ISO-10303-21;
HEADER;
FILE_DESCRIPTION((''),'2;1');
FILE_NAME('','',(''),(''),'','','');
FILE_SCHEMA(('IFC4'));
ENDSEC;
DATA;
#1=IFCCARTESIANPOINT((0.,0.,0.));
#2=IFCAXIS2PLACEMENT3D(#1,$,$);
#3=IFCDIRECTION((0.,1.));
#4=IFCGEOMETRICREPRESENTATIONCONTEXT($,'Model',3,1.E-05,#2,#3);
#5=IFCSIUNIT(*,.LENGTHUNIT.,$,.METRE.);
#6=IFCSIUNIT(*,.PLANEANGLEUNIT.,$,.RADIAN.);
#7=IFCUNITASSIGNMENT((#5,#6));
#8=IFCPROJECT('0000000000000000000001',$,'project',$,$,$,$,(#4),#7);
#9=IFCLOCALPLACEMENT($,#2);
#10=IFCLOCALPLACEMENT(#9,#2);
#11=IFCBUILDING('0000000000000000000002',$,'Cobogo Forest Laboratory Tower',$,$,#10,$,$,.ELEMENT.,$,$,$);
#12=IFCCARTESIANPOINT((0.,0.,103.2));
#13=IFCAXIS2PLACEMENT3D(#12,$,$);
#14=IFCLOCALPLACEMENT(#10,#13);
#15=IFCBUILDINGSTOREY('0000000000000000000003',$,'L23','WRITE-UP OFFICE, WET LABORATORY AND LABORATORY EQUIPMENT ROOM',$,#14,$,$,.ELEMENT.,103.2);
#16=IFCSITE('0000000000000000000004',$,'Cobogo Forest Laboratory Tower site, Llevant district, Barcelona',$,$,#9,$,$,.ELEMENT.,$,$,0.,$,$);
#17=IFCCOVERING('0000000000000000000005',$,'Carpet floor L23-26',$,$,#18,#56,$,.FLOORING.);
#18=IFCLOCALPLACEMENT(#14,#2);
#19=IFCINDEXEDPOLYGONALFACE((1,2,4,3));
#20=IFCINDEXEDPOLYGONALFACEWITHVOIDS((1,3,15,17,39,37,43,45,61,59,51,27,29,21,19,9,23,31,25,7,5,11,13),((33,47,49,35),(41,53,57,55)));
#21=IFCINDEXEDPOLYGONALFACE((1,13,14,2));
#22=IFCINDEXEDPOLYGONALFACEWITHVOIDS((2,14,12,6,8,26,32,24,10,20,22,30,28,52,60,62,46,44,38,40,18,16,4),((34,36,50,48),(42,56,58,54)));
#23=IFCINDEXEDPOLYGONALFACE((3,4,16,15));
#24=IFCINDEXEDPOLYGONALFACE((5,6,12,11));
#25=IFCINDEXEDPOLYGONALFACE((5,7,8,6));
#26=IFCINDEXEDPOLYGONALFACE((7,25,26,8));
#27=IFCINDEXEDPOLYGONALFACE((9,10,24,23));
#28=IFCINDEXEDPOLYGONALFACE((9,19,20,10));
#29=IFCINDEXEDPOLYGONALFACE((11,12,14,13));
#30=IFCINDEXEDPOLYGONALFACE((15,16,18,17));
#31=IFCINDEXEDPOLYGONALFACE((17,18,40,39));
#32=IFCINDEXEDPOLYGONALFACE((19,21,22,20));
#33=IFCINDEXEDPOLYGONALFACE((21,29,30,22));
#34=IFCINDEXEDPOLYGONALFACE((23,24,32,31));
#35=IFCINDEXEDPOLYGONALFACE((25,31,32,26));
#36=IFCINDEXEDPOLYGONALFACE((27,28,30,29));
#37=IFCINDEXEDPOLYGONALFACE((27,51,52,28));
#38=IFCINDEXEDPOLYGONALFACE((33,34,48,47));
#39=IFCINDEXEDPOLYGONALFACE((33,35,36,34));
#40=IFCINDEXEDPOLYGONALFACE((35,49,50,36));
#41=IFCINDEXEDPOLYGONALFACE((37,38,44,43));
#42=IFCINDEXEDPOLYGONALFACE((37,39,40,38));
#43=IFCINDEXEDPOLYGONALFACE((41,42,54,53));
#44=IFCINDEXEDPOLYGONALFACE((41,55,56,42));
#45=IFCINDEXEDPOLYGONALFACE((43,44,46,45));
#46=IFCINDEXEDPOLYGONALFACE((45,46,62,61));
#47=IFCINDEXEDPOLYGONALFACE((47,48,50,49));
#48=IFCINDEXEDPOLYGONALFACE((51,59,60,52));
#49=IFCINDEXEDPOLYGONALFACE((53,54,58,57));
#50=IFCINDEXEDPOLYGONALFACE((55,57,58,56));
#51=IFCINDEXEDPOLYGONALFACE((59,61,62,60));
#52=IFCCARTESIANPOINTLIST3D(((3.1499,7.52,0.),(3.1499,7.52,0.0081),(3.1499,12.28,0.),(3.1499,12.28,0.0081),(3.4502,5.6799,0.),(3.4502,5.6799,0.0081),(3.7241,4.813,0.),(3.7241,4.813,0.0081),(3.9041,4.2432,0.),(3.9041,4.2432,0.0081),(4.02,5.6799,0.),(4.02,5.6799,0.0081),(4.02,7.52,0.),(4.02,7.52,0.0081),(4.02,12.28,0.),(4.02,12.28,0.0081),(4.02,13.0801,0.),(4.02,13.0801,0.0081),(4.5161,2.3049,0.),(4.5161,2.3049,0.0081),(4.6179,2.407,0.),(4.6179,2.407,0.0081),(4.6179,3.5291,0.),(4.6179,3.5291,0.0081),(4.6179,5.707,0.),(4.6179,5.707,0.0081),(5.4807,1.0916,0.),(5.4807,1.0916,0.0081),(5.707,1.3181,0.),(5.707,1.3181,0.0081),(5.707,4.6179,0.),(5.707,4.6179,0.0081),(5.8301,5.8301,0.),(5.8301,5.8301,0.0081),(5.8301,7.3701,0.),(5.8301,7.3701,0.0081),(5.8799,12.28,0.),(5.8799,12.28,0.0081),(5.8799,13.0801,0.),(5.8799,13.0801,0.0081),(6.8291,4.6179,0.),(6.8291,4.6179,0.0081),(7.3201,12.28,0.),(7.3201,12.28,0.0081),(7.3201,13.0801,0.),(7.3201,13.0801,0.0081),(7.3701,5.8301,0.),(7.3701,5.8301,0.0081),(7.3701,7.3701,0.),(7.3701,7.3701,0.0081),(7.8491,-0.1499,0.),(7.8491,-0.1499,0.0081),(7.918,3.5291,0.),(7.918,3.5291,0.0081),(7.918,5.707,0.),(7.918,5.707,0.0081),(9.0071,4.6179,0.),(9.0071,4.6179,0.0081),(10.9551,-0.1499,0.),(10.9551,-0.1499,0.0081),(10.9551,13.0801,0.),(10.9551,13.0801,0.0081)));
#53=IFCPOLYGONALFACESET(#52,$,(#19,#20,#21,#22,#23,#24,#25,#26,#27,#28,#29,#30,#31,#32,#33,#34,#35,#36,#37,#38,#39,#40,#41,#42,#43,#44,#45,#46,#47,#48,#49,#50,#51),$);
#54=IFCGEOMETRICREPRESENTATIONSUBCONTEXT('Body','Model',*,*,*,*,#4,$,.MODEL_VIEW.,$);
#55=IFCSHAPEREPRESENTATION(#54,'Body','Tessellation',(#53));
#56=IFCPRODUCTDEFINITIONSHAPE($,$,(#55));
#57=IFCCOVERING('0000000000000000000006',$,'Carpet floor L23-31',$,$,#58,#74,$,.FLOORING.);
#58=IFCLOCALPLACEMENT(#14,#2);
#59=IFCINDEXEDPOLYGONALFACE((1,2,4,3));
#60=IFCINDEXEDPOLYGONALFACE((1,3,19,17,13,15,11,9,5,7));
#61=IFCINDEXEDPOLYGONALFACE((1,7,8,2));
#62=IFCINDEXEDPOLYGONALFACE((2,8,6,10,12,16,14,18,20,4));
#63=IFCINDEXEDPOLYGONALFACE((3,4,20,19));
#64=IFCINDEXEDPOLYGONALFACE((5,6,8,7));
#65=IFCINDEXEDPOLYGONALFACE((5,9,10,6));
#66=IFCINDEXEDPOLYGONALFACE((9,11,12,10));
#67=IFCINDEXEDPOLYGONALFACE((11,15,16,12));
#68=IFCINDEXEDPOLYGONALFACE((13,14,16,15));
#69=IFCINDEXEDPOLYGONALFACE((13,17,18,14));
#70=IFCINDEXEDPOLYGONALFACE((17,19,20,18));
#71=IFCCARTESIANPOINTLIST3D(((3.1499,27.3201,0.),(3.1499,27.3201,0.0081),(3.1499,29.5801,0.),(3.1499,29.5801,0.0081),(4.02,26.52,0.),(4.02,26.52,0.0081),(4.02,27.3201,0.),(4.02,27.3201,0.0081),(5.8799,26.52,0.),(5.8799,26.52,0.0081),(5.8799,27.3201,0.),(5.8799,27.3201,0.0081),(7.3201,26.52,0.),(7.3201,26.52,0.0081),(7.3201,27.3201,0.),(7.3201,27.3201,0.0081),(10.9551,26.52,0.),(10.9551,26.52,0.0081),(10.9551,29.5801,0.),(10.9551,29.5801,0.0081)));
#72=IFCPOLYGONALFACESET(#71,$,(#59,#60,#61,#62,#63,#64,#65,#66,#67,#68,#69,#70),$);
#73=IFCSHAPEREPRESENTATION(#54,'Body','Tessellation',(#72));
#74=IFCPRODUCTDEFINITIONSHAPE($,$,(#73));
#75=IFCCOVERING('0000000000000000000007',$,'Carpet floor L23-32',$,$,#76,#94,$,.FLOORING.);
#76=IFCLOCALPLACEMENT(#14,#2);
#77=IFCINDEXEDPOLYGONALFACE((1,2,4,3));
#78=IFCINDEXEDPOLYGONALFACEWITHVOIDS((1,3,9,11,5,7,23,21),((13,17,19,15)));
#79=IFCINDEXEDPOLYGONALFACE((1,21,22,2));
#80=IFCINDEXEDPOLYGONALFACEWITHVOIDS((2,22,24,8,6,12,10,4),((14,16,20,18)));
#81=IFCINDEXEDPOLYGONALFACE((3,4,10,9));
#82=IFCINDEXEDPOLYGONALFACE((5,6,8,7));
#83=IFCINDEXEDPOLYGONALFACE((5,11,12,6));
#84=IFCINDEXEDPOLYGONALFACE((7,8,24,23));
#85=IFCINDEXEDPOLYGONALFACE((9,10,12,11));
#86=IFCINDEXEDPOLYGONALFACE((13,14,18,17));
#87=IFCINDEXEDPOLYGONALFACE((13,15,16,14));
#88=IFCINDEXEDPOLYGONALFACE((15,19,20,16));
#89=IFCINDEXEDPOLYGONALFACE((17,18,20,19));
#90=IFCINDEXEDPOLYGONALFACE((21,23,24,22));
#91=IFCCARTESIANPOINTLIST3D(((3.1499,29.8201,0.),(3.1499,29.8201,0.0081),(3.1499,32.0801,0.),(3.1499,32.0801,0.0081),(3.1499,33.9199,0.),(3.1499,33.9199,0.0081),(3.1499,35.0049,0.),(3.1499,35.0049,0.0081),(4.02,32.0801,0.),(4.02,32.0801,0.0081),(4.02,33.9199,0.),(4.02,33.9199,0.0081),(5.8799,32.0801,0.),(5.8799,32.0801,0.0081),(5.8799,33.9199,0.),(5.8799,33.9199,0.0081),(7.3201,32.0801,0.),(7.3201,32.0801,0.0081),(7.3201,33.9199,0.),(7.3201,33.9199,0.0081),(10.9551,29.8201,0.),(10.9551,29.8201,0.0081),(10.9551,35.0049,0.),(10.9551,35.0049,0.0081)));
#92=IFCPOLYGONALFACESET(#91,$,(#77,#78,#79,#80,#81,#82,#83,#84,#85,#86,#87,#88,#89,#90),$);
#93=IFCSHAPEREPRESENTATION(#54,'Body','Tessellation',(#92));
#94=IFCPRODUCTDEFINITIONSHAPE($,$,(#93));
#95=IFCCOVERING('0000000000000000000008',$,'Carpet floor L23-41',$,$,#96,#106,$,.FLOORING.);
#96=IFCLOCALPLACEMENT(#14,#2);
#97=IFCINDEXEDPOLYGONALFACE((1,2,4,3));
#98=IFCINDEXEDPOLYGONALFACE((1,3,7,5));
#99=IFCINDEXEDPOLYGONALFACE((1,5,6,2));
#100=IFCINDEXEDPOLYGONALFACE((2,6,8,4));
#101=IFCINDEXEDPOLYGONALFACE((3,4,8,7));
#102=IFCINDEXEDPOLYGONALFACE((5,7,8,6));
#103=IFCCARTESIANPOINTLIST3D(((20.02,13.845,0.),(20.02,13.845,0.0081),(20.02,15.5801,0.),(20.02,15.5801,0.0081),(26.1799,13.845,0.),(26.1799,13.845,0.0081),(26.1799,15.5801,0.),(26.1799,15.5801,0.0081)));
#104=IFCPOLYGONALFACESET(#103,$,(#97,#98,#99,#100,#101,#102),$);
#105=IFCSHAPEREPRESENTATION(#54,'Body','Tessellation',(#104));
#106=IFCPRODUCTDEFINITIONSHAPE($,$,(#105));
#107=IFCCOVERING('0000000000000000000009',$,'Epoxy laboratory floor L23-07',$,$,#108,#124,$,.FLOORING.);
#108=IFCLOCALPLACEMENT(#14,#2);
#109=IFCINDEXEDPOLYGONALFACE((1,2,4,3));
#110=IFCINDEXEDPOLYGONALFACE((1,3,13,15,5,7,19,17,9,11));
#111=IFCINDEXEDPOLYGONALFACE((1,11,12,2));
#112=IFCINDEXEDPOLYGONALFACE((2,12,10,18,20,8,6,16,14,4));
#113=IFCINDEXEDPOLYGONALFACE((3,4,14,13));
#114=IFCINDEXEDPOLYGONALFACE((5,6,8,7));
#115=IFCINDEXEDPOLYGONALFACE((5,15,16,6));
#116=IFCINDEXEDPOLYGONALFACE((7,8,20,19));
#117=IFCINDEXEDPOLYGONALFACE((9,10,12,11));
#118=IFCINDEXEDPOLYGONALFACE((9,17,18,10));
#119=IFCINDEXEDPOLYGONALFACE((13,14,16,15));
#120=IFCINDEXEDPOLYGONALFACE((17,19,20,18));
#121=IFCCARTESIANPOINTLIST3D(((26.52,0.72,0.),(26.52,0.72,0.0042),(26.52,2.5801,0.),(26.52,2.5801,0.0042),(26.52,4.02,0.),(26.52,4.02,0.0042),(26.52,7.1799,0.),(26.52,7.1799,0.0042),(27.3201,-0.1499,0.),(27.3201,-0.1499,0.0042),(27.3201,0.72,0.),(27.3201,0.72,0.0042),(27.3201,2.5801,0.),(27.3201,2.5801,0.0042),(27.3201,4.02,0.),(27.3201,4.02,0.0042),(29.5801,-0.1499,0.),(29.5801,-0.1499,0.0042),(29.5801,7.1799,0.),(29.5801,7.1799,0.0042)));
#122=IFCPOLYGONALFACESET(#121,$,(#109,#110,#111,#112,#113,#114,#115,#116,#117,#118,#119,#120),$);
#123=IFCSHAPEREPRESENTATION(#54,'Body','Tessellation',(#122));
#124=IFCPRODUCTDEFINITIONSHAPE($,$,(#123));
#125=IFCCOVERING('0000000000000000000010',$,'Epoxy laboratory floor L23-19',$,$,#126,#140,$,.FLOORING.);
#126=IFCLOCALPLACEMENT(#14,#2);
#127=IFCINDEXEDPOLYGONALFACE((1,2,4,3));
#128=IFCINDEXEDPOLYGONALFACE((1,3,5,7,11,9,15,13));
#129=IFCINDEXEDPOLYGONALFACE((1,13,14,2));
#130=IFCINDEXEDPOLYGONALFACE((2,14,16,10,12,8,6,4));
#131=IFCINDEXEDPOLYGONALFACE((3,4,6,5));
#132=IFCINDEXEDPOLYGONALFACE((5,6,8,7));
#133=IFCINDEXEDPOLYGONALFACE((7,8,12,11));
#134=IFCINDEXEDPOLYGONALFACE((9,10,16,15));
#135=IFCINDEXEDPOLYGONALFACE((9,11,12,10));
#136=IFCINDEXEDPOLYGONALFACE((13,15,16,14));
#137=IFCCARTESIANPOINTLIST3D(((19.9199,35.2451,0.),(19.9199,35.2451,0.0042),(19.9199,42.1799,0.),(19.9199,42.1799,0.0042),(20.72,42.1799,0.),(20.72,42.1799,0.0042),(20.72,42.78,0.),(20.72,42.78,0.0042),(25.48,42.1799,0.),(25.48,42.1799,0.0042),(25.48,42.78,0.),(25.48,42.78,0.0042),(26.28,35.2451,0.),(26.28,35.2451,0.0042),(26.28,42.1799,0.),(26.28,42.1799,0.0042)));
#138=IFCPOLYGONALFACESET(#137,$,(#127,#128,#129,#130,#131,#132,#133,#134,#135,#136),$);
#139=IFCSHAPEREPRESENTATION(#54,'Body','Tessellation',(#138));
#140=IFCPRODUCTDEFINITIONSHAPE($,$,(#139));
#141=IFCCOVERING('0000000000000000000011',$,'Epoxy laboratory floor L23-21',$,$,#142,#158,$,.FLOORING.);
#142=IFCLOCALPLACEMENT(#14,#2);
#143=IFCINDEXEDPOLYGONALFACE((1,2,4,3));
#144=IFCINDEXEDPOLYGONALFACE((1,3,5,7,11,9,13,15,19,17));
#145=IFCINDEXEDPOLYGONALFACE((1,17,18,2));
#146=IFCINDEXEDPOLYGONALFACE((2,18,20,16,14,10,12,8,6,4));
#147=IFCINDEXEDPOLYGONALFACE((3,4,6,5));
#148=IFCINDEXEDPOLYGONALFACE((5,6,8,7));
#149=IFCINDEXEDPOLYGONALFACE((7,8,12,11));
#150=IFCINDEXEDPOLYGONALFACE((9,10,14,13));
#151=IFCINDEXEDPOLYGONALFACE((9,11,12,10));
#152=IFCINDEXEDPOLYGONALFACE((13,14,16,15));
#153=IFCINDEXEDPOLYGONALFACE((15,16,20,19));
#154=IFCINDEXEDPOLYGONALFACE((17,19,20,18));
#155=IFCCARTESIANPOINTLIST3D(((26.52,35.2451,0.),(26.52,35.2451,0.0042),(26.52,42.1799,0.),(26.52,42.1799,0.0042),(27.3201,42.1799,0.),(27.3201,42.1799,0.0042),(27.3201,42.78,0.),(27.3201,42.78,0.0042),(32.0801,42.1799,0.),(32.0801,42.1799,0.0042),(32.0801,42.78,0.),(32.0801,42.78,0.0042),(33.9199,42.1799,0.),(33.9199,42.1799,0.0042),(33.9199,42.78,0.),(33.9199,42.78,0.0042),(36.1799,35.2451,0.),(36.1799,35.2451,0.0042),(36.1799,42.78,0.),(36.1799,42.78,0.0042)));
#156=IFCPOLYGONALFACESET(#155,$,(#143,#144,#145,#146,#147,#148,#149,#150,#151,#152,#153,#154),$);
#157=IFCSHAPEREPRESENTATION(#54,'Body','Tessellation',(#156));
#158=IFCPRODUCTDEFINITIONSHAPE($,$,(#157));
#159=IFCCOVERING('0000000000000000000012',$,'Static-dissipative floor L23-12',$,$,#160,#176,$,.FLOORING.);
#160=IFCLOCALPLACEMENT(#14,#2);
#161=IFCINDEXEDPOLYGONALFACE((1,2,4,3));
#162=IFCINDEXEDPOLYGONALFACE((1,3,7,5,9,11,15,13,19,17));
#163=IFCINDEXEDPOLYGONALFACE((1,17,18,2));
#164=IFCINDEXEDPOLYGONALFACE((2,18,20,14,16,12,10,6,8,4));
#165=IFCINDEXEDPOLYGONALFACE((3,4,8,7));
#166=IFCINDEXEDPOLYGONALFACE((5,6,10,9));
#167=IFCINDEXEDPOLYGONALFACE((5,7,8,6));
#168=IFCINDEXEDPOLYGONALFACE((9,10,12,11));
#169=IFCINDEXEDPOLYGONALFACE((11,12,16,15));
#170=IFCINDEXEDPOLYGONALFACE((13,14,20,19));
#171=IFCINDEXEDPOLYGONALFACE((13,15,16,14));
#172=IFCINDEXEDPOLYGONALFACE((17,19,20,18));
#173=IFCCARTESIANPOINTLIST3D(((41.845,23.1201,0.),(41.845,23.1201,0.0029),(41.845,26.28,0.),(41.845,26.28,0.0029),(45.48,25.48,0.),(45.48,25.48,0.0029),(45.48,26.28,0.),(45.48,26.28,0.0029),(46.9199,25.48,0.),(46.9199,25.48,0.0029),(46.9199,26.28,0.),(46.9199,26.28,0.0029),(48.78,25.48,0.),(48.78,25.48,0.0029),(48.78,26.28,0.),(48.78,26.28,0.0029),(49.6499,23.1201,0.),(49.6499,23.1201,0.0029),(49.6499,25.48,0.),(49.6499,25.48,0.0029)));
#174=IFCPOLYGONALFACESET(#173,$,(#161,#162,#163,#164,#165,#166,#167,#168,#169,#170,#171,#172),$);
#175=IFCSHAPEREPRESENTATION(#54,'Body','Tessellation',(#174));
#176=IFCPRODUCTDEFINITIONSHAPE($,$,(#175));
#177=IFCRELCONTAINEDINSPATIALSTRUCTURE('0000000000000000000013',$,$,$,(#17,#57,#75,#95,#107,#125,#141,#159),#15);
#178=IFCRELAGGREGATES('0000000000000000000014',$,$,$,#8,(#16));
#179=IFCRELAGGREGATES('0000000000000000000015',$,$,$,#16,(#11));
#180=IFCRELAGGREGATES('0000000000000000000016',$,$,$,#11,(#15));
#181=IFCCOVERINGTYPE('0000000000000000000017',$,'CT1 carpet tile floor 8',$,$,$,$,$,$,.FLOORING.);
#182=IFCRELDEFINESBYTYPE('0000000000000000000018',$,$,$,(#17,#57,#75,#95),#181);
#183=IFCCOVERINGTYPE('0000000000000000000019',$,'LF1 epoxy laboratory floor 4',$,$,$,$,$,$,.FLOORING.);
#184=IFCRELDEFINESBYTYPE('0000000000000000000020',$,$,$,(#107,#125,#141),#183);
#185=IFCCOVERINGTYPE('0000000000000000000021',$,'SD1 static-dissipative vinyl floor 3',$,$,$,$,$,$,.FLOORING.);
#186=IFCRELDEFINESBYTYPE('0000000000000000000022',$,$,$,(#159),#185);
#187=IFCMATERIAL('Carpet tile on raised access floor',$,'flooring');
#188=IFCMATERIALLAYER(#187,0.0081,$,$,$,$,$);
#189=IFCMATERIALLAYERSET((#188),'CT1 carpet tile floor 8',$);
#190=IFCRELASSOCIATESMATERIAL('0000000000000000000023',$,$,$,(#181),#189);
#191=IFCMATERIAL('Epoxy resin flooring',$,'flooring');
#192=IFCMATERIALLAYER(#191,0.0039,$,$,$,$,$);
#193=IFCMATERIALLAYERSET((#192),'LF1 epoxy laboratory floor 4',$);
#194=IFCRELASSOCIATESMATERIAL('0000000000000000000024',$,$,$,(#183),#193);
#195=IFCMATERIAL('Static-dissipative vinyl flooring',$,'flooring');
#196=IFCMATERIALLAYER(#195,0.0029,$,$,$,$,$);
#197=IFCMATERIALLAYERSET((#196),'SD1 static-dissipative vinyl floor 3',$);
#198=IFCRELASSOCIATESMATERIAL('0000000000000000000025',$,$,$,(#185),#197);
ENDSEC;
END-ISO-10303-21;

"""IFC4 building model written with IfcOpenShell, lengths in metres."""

from ifc_helpers import new_model, si_unit, direction, frame, origin, place, context, subcontext, project, spatial, polyline, outline, extrude, material, layer, layer_set, type_object, element, save


model = new_model("IFC4")

# Units and contexts
model_context = context("Model", 3, precision=1e-05, world=origin(), true_north=direction((0.0, 1.0)))
body_context = subcontext(model_context, "Body", "Model", "MODEL_VIEW")
ifc_project = project(units=[si_unit("LENGTHUNIT", "METRE"), si_unit("PLANEANGLEUNIT", "RADIAN")], contexts=[model_context])

# Site, building, storey
site_placement = place(None, origin())
site = spatial("IfcSite", under=ifc_project, at=site_placement, Name="Cobogo Forest Laboratory Tower site, Llevant district, Barcelona", CompositionType="ELEMENT", RefElevation=0.0)
building_placement = place(site_placement, origin())
building = spatial("IfcBuilding", under=site, at=building_placement, Name="Cobogo Forest Laboratory Tower", CompositionType="ELEMENT")
storey_placement = place(building_placement, frame((0.0, 0.0, 103.2)))
storey = spatial("IfcBuildingStorey", under=building, at=storey_placement, Name="L23", Description="WRITE-UP OFFICE, WET LABORATORY AND LABORATORY EQUIPMENT ROOM", CompositionType="ELEMENT", Elevation=103.2)

# Coverings
ifc_material_1 = material(Name="Carpet tile on raised access floor", Category="flooring")
ifc_layer_1 = layer(ifc_material_1, 0.0081)
ifc_layer_set_1 = layer_set([ifc_layer_1], Name="CT1 carpet tile floor 8")
covering_type_1 = type_object("IfcCoveringType", Name="CT1 carpet tile floor 8", PredefinedType="FLOORING", material=ifc_layer_set_1)
covering_1_placement = place(storey_placement, origin())
element("IfcCovering", 1, at=covering_1_placement, inside=storey, type_object=covering_type_1, Name="Carpet floor L23-26", PredefinedType="FLOORING", context=body_context, shape_type="SweptSolid", body=[
    extrude(outline(polyline([(3.9041, 4.2432), (4.6179, 3.5291), (5.707, 4.6179), (4.6179, 5.707), (3.7241, 4.813), (3.4502, 5.6799), (4.02, 5.6799), (4.02, 7.52), (3.1499, 7.52), (3.1499, 12.28), (4.02, 12.28), (4.02, 13.0801), (5.8799, 13.0801), (5.8799, 12.28), (7.3201, 12.28), (7.3201, 13.0801), (10.9551, 13.0801), (10.9551, -0.1499), (7.8491, -0.1499), (5.4807, 1.0916), (5.707, 1.3181), (4.6179, 2.407), (4.5161, 2.3049), (3.9041, 4.2432)]), holes=[polyline([(6.8291, 4.6179), (7.918, 3.5291), (9.0071, 4.6179), (7.918, 5.707), (6.8291, 4.6179)]), polyline([(5.8301, 7.3701), (5.8301, 5.8301), (7.3701, 5.8301), (7.3701, 7.3701), (5.8301, 7.3701)])]), origin(), (0.0, 0.0, 1.0), 0.0081),
])
covering_2_placement = place(storey_placement, origin())
element("IfcCovering", 2, at=covering_2_placement, inside=storey, type_object=covering_type_1, Name="Carpet floor L23-31", PredefinedType="FLOORING", context=body_context, shape_type="SweptSolid", body=[
    extrude(outline(polyline([(10.9551, 26.52), (7.3201, 26.52), (7.3201, 27.3201), (5.8799, 27.3201), (5.8799, 26.52), (4.02, 26.52), (4.02, 27.3201), (3.1499, 27.3201), (3.1499, 29.5801), (10.9551, 29.5801), (10.9551, 26.52)])), origin(), (0.0, 0.0, 1.0), 0.0081),
])
covering_3_placement = place(storey_placement, origin())
element("IfcCovering", 3, at=covering_3_placement, inside=storey, type_object=covering_type_1, Name="Carpet floor L23-32", PredefinedType="FLOORING", context=body_context, shape_type="SweptSolid", body=[
    extrude(outline(polyline([(10.9551, 29.8201), (3.1499, 29.8201), (3.1499, 32.0801), (4.02, 32.0801), (4.02, 33.9199), (3.1499, 33.9199), (3.1499, 35.0049), (10.9551, 35.0049), (10.9551, 29.8201)]), holes=[polyline([(5.8799, 32.0801), (7.3201, 32.0801), (7.3201, 33.9199), (5.8799, 33.9199), (5.8799, 32.0801)])]), origin(), (0.0, 0.0, 1.0), 0.0081),
])
covering_4_placement = place(storey_placement, origin())
element("IfcCovering", 4, at=covering_4_placement, inside=storey, type_object=covering_type_1, Name="Carpet floor L23-41", PredefinedType="FLOORING", context=body_context, shape_type="SweptSolid", body=[
    extrude(outline(polyline([(26.1799, 13.845), (20.02, 13.845), (20.02, 15.5801), (26.1799, 15.5801), (26.1799, 13.845)])), origin(), (0.0, 0.0, 1.0), 0.0081),
])
ifc_material_2 = material(Name="Epoxy resin flooring", Category="flooring")
ifc_layer_2 = layer(ifc_material_2, 0.0039)
ifc_layer_set_2 = layer_set([ifc_layer_2], Name="LF1 epoxy laboratory floor 4")
covering_type_2 = type_object("IfcCoveringType", Name="LF1 epoxy laboratory floor 4", PredefinedType="FLOORING", material=ifc_layer_set_2)
covering_5_placement = place(storey_placement, origin())
element("IfcCovering", 5, at=covering_5_placement, inside=storey, type_object=covering_type_2, Name="Epoxy laboratory floor L23-07", PredefinedType="FLOORING", context=body_context, shape_type="SweptSolid", body=[
    extrude(outline(polyline([(29.5801, 7.1799), (29.5801, -0.1499), (27.3201, -0.1499), (27.3201, 0.72), (26.52, 0.72), (26.52, 2.5801), (27.3201, 2.5801), (27.3201, 4.02), (26.52, 4.02), (26.52, 7.1799), (29.5801, 7.1799)])), origin(), (0.0, 0.0, 1.0), 0.0042),
])
covering_6_placement = place(storey_placement, origin())
element("IfcCovering", 6, at=covering_6_placement, inside=storey, type_object=covering_type_2, Name="Epoxy laboratory floor L23-19", PredefinedType="FLOORING", context=body_context, shape_type="SweptSolid", body=[
    extrude(outline(polyline([(19.9199, 42.1799), (20.72, 42.1799), (20.72, 42.78), (25.48, 42.78), (25.48, 42.1799), (26.28, 42.1799), (26.28, 35.2451), (19.9199, 35.2451), (19.9199, 42.1799)])), origin(), (0.0, 0.0, 1.0), 0.0042),
])
covering_7_placement = place(storey_placement, origin())
element("IfcCovering", 7, at=covering_7_placement, inside=storey, type_object=covering_type_2, Name="Epoxy laboratory floor L23-21", PredefinedType="FLOORING", context=body_context, shape_type="SweptSolid", body=[
    extrude(outline(polyline([(26.52, 42.1799), (27.3201, 42.1799), (27.3201, 42.78), (32.0801, 42.78), (32.0801, 42.1799), (33.9199, 42.1799), (33.9199, 42.78), (36.1799, 42.78), (36.1799, 35.2451), (26.52, 35.2451), (26.52, 42.1799)])), origin(), (0.0, 0.0, 1.0), 0.0042),
])
ifc_material_3 = material(Name="Static-dissipative vinyl flooring", Category="flooring")
ifc_layer_3 = layer(ifc_material_3, 0.0029)
ifc_layer_set_3 = layer_set([ifc_layer_3], Name="SD1 static-dissipative vinyl floor 3")
covering_type_3 = type_object("IfcCoveringType", Name="SD1 static-dissipative vinyl floor 3", PredefinedType="FLOORING", material=ifc_layer_set_3)
covering_8_placement = place(storey_placement, origin())
element("IfcCovering", 8, at=covering_8_placement, inside=storey, type_object=covering_type_3, Name="Static-dissipative floor L23-12", PredefinedType="FLOORING", context=body_context, shape_type="SweptSolid", body=[
    extrude(outline(polyline([(41.845, 26.28), (45.48, 26.28), (45.48, 25.48), (46.9199, 25.48), (46.9199, 26.28), (48.78, 26.28), (48.78, 25.48), (49.6499, 25.48), (49.6499, 23.1201), (41.845, 23.1201), (41.845, 26.28)])), origin(), (0.0, 0.0, 1.0), 0.0029),
])

save(model, "model.ifc")
